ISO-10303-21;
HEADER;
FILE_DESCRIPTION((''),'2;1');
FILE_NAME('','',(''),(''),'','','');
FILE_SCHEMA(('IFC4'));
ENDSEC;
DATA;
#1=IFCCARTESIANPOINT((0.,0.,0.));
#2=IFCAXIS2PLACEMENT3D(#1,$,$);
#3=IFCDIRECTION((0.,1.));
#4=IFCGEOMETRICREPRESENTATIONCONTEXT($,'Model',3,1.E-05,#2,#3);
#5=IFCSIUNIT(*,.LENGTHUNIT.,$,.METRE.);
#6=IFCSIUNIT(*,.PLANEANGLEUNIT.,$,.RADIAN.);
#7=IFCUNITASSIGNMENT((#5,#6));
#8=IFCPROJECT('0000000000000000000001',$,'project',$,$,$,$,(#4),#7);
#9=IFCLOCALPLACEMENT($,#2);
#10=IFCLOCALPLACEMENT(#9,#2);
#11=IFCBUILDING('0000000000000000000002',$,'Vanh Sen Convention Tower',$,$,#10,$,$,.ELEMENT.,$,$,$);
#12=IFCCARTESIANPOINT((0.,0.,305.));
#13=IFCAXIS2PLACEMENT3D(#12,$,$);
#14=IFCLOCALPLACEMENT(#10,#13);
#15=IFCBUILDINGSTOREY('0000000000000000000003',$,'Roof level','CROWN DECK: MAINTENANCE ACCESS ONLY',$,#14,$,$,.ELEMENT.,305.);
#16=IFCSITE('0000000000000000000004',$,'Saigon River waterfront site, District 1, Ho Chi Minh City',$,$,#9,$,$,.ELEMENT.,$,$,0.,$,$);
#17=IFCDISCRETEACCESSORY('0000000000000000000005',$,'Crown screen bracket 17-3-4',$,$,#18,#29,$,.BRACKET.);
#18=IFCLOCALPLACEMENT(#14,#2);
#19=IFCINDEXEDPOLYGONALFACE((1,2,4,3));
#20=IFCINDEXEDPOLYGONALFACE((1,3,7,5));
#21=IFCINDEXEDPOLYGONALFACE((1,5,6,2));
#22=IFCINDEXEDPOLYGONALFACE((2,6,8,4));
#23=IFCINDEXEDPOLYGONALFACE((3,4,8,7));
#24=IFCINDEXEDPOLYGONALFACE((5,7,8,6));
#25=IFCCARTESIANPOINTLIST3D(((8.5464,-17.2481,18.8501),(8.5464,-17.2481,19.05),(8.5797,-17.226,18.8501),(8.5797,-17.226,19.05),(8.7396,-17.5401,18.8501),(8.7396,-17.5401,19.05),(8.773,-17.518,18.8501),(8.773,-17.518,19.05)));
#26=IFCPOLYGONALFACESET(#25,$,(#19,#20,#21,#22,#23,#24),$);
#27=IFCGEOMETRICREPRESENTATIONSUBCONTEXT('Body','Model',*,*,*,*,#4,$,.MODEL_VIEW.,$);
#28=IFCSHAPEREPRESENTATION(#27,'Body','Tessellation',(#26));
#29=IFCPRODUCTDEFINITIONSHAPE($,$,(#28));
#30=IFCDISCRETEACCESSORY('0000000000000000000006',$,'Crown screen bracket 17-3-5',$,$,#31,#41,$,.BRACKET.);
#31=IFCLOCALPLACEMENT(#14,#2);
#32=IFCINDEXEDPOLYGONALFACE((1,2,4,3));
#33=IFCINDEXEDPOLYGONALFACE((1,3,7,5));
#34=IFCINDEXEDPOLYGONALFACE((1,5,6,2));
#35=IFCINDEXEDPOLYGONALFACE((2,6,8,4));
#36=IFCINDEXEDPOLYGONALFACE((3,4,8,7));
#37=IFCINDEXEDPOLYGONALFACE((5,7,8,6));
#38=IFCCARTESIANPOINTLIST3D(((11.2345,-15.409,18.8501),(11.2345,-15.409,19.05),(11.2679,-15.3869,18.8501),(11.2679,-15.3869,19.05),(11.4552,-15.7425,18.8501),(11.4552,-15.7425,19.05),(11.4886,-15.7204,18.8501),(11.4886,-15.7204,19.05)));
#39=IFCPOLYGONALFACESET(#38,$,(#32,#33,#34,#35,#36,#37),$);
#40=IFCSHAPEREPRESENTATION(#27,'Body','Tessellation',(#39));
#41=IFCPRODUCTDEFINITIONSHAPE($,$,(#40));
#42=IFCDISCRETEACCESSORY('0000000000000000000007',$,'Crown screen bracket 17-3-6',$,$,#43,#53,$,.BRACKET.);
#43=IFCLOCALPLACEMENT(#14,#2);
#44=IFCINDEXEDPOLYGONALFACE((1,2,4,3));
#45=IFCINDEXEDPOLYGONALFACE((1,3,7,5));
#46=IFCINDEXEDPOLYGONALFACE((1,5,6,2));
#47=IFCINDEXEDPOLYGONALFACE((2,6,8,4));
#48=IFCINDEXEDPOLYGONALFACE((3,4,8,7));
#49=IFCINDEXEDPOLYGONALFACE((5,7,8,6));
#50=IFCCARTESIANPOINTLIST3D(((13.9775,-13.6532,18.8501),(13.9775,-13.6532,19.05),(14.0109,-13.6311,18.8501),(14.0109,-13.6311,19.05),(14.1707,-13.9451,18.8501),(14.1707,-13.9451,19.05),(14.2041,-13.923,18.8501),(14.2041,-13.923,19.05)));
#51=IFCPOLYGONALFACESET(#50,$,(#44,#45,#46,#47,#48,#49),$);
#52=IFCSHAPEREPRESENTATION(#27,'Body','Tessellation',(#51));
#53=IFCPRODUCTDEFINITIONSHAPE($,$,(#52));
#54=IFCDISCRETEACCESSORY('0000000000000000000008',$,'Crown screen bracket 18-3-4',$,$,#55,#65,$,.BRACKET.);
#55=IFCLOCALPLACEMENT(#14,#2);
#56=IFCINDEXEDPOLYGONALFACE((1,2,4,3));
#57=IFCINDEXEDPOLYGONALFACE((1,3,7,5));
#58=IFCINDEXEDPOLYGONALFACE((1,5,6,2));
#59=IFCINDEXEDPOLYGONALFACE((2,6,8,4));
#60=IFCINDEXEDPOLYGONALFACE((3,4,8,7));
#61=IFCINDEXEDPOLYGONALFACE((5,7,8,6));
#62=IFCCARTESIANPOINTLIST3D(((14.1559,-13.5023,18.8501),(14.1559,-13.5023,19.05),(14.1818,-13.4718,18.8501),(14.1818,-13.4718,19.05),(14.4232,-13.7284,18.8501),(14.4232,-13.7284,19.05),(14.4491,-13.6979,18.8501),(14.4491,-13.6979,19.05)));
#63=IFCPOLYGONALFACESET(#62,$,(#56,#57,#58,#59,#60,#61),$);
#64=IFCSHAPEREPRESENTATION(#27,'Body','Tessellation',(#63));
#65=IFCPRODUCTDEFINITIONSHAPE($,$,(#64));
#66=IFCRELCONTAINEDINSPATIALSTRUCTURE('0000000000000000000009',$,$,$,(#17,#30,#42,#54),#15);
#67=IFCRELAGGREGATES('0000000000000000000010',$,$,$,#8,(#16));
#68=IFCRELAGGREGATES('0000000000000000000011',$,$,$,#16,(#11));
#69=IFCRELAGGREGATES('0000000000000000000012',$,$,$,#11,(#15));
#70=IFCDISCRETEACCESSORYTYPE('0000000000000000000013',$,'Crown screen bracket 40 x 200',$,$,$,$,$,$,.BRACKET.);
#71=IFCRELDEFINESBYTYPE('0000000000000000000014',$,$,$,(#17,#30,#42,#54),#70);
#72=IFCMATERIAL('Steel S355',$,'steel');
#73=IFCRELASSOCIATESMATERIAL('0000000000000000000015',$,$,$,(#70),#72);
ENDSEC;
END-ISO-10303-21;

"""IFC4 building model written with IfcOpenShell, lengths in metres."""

from ifc_helpers import new_model, si_unit, direction, frame, origin, origin_2d, place, context, subcontext, project, spatial, rectangle, extrude, material, type_object, element, save


model = new_model("IFC4")

# Units and contexts
model_context = context("Model", 3, precision=1e-05, world=origin(), true_north=direction((0.0, 1.0)))
body_context = subcontext(model_context, "Body", "Model", "MODEL_VIEW")
ifc_project = project(units=[si_unit("LENGTHUNIT", "METRE"), si_unit("PLANEANGLEUNIT", "RADIAN")], contexts=[model_context])

# Site, building, storey
site_placement = place(None, origin())
site = spatial("IfcSite", under=ifc_project, at=site_placement, Name="Saigon River waterfront site, District 1, Ho Chi Minh City", CompositionType="ELEMENT", RefElevation=0.0)
building_placement = place(site_placement, origin())
building = spatial("IfcBuilding", under=site, at=building_placement, Name="Vanh Sen Convention Tower", CompositionType="ELEMENT")
storey_placement = place(building_placement, frame((0.0, 0.0, 305.0)))
storey = spatial("IfcBuildingStorey", under=building, at=storey_placement, Name="Roof level", Description="CROWN DECK: MAINTENANCE ACCESS ONLY", CompositionType="ELEMENT", Elevation=305.0)

# Discrete accessories
ifc_material_1 = material(Name="Steel S355", Category="steel")
discrete_accessory_type_1 = type_object("IfcDiscreteAccessoryType", Name="Crown screen bracket 40 x 200", PredefinedType="BRACKET", material=ifc_material_1)
discrete_accessory_1_placement = place(storey_placement, frame((8.6597, -17.3831, 18.8501), z_axis=(0.0, 0.0, 1.0), x_axis=(0.551937, -0.833886, 0.0)))
element("IfcDiscreteAccessory", 1, at=discrete_accessory_1_placement, inside=storey, type_object=discrete_accessory_type_1, Name="Crown screen bracket 17-3-4", PredefinedType="BRACKET", context=body_context, shape_type="SweptSolid", body=[
    extrude(rectangle(XDim=0.3501, YDim=0.04, at=origin_2d()), origin(), (0.0, 0.0, 1.0), 0.2),
])
discrete_accessory_2_placement = place(storey_placement, frame((11.3616, -15.5647, 18.8501), z_axis=(0.0, 0.0, 1.0), x_axis=(0.551937, -0.833886, 0.0)))
element("IfcDiscreteAccessory", 2, at=discrete_accessory_2_placement, inside=storey, type_object=discrete_accessory_type_1, Name="Crown screen bracket 17-3-5", PredefinedType="BRACKET", context=body_context, shape_type="SweptSolid", body=[
    extrude(rectangle(XDim=0.3999, YDim=0.04, at=origin_2d()), origin(), (0.0, 0.0, 1.0), 0.2),
])
for number, where, z_axis, x_axis, name in (
    (3, (14.0908, -13.7881, 18.8501), (0.0, 0.0, 1.0), (0.551937, -0.833886, 0.0), "Crown screen bracket 17-3-6"),
    (4, (14.3025, -13.6001, 18.8501), (0.0, 0.0, 1.0), (0.763535, -0.645767, 0.0), "Crown screen bracket 18-3-4"),
):
    element("IfcDiscreteAccessory", number, at=place(storey_placement, frame(where, z_axis=z_axis, x_axis=x_axis)), inside=storey, type_object=discrete_accessory_type_1, Name=name, PredefinedType="BRACKET", context=body_context, shape_type="SweptSolid", body=[
        extrude(rectangle(XDim=0.3501, YDim=0.04, at=origin_2d()), origin(), (0.0, 0.0, 1.0), 0.2),
    ])

save(model, "model.ifc")
